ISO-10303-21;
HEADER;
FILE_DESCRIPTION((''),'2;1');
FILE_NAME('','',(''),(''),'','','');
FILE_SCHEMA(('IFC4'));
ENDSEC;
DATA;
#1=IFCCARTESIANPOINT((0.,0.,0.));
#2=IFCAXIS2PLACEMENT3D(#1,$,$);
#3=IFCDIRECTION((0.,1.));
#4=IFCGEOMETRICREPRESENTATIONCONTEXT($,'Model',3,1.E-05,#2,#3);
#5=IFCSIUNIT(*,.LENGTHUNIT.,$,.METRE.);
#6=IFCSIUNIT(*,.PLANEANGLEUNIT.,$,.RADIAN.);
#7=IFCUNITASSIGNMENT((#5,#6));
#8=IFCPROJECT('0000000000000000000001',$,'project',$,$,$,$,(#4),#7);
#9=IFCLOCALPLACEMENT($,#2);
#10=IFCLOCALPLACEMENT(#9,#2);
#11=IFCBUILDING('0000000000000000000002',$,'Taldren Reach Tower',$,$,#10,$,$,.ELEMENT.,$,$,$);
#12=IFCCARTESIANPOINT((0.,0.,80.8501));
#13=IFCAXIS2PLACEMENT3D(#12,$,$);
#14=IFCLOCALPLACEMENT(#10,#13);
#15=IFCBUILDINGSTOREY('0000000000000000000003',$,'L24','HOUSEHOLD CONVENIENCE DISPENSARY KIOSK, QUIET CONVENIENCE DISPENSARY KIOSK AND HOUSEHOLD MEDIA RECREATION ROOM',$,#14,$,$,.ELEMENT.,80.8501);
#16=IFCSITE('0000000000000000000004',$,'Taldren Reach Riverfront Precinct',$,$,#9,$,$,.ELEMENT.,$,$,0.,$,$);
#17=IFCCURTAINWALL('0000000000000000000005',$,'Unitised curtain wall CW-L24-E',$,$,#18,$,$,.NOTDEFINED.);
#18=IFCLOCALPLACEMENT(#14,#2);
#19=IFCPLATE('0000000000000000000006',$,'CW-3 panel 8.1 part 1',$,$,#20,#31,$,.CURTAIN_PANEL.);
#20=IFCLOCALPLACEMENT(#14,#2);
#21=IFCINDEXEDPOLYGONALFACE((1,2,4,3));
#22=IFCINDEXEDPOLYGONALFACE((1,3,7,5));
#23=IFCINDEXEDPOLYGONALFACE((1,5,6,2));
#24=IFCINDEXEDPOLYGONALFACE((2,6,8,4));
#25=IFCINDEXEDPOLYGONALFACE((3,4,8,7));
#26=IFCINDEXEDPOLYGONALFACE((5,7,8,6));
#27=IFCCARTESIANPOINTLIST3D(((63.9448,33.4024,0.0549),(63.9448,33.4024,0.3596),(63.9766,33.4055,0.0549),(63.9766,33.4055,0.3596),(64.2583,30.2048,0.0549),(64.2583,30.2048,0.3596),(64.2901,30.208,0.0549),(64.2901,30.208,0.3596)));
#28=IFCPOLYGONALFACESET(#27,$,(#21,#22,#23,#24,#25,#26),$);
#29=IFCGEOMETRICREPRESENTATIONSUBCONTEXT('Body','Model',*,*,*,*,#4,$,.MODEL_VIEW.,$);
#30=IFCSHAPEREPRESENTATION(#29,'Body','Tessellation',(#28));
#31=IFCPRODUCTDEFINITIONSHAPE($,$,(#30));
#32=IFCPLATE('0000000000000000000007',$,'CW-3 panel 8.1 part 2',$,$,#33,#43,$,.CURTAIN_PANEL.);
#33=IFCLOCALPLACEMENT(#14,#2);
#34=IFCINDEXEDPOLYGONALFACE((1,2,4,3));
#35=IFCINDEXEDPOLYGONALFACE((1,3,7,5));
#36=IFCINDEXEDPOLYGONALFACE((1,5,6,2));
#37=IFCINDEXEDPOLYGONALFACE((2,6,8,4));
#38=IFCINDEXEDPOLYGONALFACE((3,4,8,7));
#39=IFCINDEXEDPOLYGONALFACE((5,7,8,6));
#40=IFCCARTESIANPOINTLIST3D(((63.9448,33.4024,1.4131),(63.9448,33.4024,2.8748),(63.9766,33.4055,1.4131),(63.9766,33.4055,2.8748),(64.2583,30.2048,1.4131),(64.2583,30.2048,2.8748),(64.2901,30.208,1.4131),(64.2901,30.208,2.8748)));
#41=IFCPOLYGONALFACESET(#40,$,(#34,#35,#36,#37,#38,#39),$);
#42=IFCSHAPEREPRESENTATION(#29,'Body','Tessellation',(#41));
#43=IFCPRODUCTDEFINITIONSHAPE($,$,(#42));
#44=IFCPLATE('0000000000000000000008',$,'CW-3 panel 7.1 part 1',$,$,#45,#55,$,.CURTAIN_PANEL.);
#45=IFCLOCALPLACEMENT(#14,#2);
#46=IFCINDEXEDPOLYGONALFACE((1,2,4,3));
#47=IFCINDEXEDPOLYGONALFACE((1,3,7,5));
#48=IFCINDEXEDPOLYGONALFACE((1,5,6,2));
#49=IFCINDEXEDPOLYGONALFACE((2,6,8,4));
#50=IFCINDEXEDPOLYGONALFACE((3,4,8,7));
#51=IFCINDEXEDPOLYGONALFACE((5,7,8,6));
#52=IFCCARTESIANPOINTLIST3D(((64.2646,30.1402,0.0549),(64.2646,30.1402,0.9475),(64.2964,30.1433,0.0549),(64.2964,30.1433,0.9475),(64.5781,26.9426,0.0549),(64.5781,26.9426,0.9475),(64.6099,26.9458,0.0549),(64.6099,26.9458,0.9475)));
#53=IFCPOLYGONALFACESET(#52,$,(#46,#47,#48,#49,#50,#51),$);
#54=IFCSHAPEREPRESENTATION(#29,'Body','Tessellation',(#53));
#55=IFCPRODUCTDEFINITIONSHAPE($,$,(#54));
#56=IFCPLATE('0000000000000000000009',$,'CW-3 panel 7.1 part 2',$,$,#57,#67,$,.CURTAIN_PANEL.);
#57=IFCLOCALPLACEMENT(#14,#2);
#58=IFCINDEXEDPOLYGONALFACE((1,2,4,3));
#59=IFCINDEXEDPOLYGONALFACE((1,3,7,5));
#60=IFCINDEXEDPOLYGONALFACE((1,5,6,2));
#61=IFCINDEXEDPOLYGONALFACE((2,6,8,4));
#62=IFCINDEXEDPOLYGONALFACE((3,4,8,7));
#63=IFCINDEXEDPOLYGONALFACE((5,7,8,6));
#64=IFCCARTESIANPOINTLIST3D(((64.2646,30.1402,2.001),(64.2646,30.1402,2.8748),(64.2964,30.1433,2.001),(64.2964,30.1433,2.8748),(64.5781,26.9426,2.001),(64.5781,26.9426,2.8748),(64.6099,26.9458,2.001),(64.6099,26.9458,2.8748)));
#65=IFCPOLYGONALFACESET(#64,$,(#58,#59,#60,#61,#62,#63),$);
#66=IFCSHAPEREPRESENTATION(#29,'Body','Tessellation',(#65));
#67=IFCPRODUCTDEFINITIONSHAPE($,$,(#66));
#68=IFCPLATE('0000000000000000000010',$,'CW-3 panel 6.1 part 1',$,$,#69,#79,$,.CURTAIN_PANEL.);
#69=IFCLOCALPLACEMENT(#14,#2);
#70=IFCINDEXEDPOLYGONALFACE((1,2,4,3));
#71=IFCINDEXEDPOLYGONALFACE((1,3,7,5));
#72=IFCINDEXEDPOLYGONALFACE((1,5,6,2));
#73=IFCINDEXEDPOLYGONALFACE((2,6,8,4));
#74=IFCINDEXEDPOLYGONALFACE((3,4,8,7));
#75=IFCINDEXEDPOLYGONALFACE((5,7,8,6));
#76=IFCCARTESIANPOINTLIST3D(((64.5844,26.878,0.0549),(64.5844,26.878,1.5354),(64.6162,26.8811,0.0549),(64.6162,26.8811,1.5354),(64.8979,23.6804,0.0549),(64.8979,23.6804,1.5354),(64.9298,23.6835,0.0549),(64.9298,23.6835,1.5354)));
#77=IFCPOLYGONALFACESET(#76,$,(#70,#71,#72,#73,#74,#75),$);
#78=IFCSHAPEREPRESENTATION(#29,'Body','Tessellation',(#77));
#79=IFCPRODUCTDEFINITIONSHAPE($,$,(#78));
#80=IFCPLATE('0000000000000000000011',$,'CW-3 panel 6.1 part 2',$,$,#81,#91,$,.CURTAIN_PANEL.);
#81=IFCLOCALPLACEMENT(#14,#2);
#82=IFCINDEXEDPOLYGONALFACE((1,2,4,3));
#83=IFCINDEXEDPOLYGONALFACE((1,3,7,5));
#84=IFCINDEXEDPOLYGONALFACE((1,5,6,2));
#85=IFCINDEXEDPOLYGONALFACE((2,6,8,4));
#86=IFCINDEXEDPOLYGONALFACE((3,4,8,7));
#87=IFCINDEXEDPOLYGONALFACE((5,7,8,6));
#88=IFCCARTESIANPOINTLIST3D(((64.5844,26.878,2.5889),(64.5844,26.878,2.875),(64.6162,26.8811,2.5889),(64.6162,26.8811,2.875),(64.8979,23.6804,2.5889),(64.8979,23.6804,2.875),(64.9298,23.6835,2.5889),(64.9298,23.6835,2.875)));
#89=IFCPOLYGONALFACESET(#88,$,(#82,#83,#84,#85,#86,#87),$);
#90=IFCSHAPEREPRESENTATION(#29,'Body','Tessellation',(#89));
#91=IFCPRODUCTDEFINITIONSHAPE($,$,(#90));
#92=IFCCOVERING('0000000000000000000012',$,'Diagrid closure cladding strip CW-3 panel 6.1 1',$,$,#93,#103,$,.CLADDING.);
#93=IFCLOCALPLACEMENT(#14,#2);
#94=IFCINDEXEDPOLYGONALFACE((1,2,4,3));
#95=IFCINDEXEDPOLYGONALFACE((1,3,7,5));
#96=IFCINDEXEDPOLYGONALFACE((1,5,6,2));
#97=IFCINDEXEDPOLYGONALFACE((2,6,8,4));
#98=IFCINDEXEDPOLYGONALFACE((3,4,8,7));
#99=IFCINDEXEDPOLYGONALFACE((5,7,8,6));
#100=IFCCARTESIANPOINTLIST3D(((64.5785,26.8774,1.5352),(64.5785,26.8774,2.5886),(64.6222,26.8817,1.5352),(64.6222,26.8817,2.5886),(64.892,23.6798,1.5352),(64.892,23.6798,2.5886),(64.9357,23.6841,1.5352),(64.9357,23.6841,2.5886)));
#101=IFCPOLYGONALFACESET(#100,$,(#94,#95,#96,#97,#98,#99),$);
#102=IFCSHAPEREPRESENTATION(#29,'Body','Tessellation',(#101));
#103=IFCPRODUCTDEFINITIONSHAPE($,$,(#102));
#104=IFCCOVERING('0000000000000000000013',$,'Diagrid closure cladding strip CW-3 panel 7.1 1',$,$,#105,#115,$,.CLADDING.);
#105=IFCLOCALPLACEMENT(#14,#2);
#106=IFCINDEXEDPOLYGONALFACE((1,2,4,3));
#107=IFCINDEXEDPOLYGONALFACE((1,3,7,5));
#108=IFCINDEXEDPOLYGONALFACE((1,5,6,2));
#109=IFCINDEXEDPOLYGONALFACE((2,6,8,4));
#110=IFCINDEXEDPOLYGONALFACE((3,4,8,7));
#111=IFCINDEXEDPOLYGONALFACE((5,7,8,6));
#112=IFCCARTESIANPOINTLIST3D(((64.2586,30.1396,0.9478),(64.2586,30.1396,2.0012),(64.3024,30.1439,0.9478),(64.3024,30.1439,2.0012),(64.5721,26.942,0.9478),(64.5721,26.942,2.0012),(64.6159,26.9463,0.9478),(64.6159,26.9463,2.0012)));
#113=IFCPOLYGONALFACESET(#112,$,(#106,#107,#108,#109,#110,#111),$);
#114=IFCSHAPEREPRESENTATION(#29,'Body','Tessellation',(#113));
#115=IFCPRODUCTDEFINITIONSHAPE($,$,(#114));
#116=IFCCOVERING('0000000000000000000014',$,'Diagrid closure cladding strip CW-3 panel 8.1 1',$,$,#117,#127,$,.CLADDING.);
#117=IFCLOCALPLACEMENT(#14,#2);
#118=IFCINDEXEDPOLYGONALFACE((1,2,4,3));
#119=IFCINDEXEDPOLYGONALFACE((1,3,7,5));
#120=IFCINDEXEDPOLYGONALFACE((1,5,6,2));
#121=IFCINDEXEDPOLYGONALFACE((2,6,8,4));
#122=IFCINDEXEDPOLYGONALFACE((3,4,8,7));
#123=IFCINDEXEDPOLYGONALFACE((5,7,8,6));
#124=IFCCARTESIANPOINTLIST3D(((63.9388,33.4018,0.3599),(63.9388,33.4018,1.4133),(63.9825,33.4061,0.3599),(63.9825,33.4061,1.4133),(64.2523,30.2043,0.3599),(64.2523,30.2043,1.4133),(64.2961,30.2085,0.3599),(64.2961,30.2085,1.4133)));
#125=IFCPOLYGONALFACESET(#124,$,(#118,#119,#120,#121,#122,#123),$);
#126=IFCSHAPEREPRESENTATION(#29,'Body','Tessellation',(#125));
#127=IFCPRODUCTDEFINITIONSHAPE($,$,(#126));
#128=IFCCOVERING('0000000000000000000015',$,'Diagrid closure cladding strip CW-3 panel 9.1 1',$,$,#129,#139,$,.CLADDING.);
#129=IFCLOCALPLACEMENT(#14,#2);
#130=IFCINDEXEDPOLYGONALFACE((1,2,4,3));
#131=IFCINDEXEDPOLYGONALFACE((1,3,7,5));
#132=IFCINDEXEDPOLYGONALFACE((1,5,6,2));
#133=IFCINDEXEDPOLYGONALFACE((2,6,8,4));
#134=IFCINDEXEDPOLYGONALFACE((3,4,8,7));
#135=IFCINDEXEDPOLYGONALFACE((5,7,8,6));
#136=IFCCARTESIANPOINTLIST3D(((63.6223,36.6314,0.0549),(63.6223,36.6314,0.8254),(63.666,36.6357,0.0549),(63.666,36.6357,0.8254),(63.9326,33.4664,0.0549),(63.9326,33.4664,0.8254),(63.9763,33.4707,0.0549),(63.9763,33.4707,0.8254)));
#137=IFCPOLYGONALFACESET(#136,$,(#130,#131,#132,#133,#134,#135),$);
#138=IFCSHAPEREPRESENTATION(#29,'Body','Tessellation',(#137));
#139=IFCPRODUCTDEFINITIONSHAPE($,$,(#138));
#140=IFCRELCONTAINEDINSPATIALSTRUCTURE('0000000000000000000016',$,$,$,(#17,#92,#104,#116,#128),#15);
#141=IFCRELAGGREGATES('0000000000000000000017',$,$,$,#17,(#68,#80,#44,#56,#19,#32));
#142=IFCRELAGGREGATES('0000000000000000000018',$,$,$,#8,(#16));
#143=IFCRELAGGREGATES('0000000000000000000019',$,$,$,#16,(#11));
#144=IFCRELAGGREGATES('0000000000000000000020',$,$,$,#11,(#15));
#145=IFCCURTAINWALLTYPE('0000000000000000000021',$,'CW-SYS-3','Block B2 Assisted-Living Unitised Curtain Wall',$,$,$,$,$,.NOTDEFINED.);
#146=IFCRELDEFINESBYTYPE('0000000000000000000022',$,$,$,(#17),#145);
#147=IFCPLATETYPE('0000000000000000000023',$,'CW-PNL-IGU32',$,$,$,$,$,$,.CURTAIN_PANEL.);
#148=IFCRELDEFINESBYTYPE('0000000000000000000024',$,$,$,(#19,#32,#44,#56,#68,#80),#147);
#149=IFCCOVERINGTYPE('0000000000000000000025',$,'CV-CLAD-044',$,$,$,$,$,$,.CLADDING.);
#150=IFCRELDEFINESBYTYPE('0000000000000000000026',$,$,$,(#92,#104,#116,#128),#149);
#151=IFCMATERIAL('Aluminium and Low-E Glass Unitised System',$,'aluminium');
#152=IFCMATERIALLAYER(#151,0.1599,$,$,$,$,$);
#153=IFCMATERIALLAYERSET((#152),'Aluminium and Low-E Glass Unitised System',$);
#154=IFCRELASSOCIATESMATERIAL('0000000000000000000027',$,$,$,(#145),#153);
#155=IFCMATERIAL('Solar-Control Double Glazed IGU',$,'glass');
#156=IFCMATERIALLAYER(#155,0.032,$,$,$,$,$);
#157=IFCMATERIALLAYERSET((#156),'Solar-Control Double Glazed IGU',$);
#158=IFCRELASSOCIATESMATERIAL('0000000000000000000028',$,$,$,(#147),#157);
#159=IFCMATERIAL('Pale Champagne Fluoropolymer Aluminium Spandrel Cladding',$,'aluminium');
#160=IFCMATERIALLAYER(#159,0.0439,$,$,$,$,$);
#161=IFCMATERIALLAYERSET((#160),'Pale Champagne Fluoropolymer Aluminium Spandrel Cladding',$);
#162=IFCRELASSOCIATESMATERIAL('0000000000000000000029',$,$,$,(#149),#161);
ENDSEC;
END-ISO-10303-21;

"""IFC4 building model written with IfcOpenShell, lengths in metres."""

from ifc_helpers import new_model, si_unit, direction, frame, origin, origin_2d, place, context, subcontext, project, spatial, rectangle, extrude, source, transform, mapped, material, layer, layer_set, type_object, element, aggregate, save


model = new_model("IFC4")

# Units and contexts
model_context = context("Model", 3, precision=1e-05, world=origin(), true_north=direction((0.0, 1.0)))
body_context = subcontext(model_context, "Body", "Model", "MODEL_VIEW")
ifc_project = project(units=[si_unit("LENGTHUNIT", "METRE"), si_unit("PLANEANGLEUNIT", "RADIAN")], contexts=[model_context])

# Site, building, storey
site_placement = place(None, origin())
site = spatial("IfcSite", under=ifc_project, at=site_placement, Name="Taldren Reach Riverfront Precinct", CompositionType="ELEMENT", RefElevation=0.0)
building_placement = place(site_placement, origin())
building = spatial("IfcBuilding", under=site, at=building_placement, Name="Taldren Reach Tower", CompositionType="ELEMENT")
storey_placement = place(building_placement, frame((0.0, 0.0, 80.8501)))
storey = spatial("IfcBuildingStorey", under=building, at=storey_placement, Name="L24", Description="HOUSEHOLD CONVENIENCE DISPENSARY KIOSK, QUIET CONVENIENCE DISPENSARY KIOSK AND HOUSEHOLD MEDIA RECREATION ROOM", CompositionType="ELEMENT", Elevation=80.8501)

# Curtain wall, plates
ifc_material_1 = material(Name="Aluminium and Low-E Glass Unitised System", Category="aluminium")
ifc_layer_1 = layer(ifc_material_1, 0.1599)
ifc_layer_set_1 = layer_set([ifc_layer_1], Name="Aluminium and Low-E Glass Unitised System")
curtain_wall_type = type_object("IfcCurtainWallType", Name="CW-SYS-3", Description="Block B2 Assisted-Living Unitised Curtain Wall", PredefinedType="NOTDEFINED", material=ifc_layer_set_1)
curtain_wall_placement = place(storey_placement, origin())
curtain_wall = element("IfcCurtainWall", 1, at=curtain_wall_placement, inside=storey, type_object=curtain_wall_type, Name="Unitised curtain wall CW-L24-E", PredefinedType="NOTDEFINED")
ifc_material_2 = material(Name="Solar-Control Double Glazed IGU", Category="glass")
ifc_layer_2 = layer(ifc_material_2, 0.032)
ifc_layer_set_2 = layer_set([ifc_layer_2], Name="Solar-Control Double Glazed IGU")
plate_type = type_object("IfcPlateType", Name="CW-PNL-IGU32", PredefinedType="CURTAIN_PANEL", material=ifc_layer_set_2)
shared_shape_1 = source(origin(), body_context, "Body", "SweptSolid", [
    extrude(rectangle(XDim=3.2129, YDim=0.032, at=origin_2d()), origin(), (0.0, 0.0, 1.0), 0.3047),
])
plate_1_placement = place(storey_placement, frame((64.1174, 31.8052, 0.0549), z_axis=(0.0, 0.0, 1.0), x_axis=(-0.097583, 0.995227, 0.0)))
plate_1 = element("IfcPlate", 2, at=plate_1_placement, type_object=plate_type, Name="CW-3 panel 8.1 part 1", PredefinedType="CURTAIN_PANEL", context=body_context, shape_type="MappedRepresentation", body=[
    mapped(shared_shape_1, transform((0.0, 0.0, 0.0), scale=1.0)),
])
shared_shape_2 = source(origin(), body_context, "Body", "SweptSolid", [
    extrude(rectangle(XDim=3.2129, YDim=0.032, at=origin_2d()), origin(), (0.0, 0.0, 1.0), 1.4617),
])
plate_2_placement = place(storey_placement, frame((64.1174, 31.8052, 1.4131), z_axis=(0.0, 0.0, 1.0), x_axis=(-0.097583, 0.995227, 0.0)))
plate_2 = element("IfcPlate", 3, at=plate_2_placement, type_object=plate_type, Name="CW-3 panel 8.1 part 2", PredefinedType="CURTAIN_PANEL", context=body_context, shape_type="MappedRepresentation", body=[
    mapped(shared_shape_2, transform((0.0, 0.0, 0.0), scale=1.0)),
])
shared_shape_3 = source(origin(), body_context, "Body", "SweptSolid", [
    extrude(rectangle(XDim=3.2129, YDim=0.032, at=origin_2d()), origin(), (0.0, 0.0, 1.0), 0.8926),
])
plate_3_placement = place(storey_placement, frame((64.4373, 28.543, 0.0549), z_axis=(0.0, 0.0, 1.0), x_axis=(-0.097583, 0.995227, 0.0)))
plate_3 = element("IfcPlate", 4, at=plate_3_placement, type_object=plate_type, Name="CW-3 panel 7.1 part 1", PredefinedType="CURTAIN_PANEL", context=body_context, shape_type="MappedRepresentation", body=[
    mapped(shared_shape_3, transform((0.0, 0.0, 0.0), scale=1.0)),
])
shared_shape_4 = source(origin(), body_context, "Body", "SweptSolid", [
    extrude(rectangle(XDim=3.2129, YDim=0.032, at=origin_2d()), origin(), (0.0, 0.0, 1.0), 0.8738),
])
plate_4_placement = place(storey_placement, frame((64.4373, 28.543, 2.001), z_axis=(0.0, 0.0, 1.0), x_axis=(-0.097583, 0.995227, 0.0)))
plate_4 = element("IfcPlate", 5, at=plate_4_placement, type_object=plate_type, Name="CW-3 panel 7.1 part 2", PredefinedType="CURTAIN_PANEL", context=body_context, shape_type="MappedRepresentation", body=[
    mapped(shared_shape_4, transform((0.0, 0.0, 0.0), scale=1.0)),
])
shared_shape_5 = source(origin(), body_context, "Body", "SweptSolid", [
    extrude(rectangle(XDim=3.2129, YDim=0.032, at=origin_2d()), origin(), (0.0, 0.0, 1.0), 1.4805),
])
plate_5_placement = place(storey_placement, frame((64.7571, 25.2808, 0.0549), z_axis=(0.0, 0.0, 1.0), x_axis=(-0.097583, 0.995227, 0.0)))
plate_5 = element("IfcPlate", 6, at=plate_5_placement, type_object=plate_type, Name="CW-3 panel 6.1 part 1", PredefinedType="CURTAIN_PANEL", context=body_context, shape_type="MappedRepresentation", body=[
    mapped(shared_shape_5, transform((0.0, 0.0, 0.0), scale=1.0)),
])
shared_shape_6 = source(origin(), body_context, "Body", "SweptSolid", [
    extrude(rectangle(XDim=3.2129, YDim=0.032, at=origin_2d()), origin(), (0.0, 0.0, 1.0), 0.2861),
])
plate_6_placement = place(storey_placement, frame((64.7571, 25.2808, 2.5889), z_axis=(0.0, 0.0, 1.0), x_axis=(-0.097583, 0.995227, 0.0)))
plate_6 = element("IfcPlate", 7, at=plate_6_placement, type_object=plate_type, Name="CW-3 panel 6.1 part 2", PredefinedType="CURTAIN_PANEL", context=body_context, shape_type="MappedRepresentation", body=[
    mapped(shared_shape_6, transform((0.0, 0.0, 0.0), scale=1.0)),
])
aggregate(curtain_wall, [plate_5, plate_6, plate_3, plate_4, plate_1, plate_2])

# Coverings
ifc_material_3 = material(Name="Pale Champagne Fluoropolymer Aluminium Spandrel Cladding", Category="aluminium")
ifc_layer_3 = layer(ifc_material_3, 0.0439)
ifc_layer_set_3 = layer_set([ifc_layer_3], Name="Pale Champagne Fluoropolymer Aluminium Spandrel Cladding")
covering_type = type_object("IfcCoveringType", Name="CV-CLAD-044", PredefinedType="CLADDING", material=ifc_layer_set_3)
shared_shape_7 = source(origin(), body_context, "Body", "SweptSolid", [
    extrude(rectangle(XDim=3.2129, YDim=0.0439, at=origin_2d()), origin(), (0.0, 0.0, 1.0), 1.0535),
])
for number, where, z_axis, x_axis, name in (
    (8, (64.7571, 25.2808, 1.5352), (0.0, 0.0, 1.0), (-0.097583, 0.995227, 0.0), "Diagrid closure cladding strip CW-3 panel 6.1 1"),
    (9, (64.4373, 28.543, 0.9478), (0.0, 0.0, 1.0), (-0.097583, 0.995227, 0.0), "Diagrid closure cladding strip CW-3 panel 7.1 1"),
    (10, (64.1174, 31.8052, 0.3599), (0.0, 0.0, 1.0), (-0.097583, 0.995227, 0.0), "Diagrid closure cladding strip CW-3 panel 8.1 1"),
):
    element("IfcCovering", number, at=place(storey_placement, frame(where, z_axis=z_axis, x_axis=x_axis)), inside=storey, type_object=covering_type, Name=name, PredefinedType="CLADDING", context=body_context, shape_type="MappedRepresentation", body=[
        mapped(shared_shape_7, transform((0.0, 0.0, 0.0), scale=1.0)),
    ])
shared_shape_8 = source(origin(), body_context, "Body", "SweptSolid", [
    extrude(rectangle(XDim=3.1802, YDim=0.0439, at=origin_2d()), origin(), (0.0, 0.0, 1.0), 0.7705),
])
covering_placement = place(storey_placement, frame((63.7993, 35.051, 0.0549), z_axis=(0.0, 0.0, 1.0), x_axis=(-0.097583, 0.995227, 0.0)))
element("IfcCovering", 11, at=covering_placement, inside=storey, type_object=covering_type, Name="Diagrid closure cladding strip CW-3 panel 9.1 1", PredefinedType="CLADDING", context=body_context, shape_type="MappedRepresentation", body=[
    mapped(shared_shape_8, transform((0.0, 0.0, 0.0), scale=1.0)),
])

save(model, "model.ifc")
